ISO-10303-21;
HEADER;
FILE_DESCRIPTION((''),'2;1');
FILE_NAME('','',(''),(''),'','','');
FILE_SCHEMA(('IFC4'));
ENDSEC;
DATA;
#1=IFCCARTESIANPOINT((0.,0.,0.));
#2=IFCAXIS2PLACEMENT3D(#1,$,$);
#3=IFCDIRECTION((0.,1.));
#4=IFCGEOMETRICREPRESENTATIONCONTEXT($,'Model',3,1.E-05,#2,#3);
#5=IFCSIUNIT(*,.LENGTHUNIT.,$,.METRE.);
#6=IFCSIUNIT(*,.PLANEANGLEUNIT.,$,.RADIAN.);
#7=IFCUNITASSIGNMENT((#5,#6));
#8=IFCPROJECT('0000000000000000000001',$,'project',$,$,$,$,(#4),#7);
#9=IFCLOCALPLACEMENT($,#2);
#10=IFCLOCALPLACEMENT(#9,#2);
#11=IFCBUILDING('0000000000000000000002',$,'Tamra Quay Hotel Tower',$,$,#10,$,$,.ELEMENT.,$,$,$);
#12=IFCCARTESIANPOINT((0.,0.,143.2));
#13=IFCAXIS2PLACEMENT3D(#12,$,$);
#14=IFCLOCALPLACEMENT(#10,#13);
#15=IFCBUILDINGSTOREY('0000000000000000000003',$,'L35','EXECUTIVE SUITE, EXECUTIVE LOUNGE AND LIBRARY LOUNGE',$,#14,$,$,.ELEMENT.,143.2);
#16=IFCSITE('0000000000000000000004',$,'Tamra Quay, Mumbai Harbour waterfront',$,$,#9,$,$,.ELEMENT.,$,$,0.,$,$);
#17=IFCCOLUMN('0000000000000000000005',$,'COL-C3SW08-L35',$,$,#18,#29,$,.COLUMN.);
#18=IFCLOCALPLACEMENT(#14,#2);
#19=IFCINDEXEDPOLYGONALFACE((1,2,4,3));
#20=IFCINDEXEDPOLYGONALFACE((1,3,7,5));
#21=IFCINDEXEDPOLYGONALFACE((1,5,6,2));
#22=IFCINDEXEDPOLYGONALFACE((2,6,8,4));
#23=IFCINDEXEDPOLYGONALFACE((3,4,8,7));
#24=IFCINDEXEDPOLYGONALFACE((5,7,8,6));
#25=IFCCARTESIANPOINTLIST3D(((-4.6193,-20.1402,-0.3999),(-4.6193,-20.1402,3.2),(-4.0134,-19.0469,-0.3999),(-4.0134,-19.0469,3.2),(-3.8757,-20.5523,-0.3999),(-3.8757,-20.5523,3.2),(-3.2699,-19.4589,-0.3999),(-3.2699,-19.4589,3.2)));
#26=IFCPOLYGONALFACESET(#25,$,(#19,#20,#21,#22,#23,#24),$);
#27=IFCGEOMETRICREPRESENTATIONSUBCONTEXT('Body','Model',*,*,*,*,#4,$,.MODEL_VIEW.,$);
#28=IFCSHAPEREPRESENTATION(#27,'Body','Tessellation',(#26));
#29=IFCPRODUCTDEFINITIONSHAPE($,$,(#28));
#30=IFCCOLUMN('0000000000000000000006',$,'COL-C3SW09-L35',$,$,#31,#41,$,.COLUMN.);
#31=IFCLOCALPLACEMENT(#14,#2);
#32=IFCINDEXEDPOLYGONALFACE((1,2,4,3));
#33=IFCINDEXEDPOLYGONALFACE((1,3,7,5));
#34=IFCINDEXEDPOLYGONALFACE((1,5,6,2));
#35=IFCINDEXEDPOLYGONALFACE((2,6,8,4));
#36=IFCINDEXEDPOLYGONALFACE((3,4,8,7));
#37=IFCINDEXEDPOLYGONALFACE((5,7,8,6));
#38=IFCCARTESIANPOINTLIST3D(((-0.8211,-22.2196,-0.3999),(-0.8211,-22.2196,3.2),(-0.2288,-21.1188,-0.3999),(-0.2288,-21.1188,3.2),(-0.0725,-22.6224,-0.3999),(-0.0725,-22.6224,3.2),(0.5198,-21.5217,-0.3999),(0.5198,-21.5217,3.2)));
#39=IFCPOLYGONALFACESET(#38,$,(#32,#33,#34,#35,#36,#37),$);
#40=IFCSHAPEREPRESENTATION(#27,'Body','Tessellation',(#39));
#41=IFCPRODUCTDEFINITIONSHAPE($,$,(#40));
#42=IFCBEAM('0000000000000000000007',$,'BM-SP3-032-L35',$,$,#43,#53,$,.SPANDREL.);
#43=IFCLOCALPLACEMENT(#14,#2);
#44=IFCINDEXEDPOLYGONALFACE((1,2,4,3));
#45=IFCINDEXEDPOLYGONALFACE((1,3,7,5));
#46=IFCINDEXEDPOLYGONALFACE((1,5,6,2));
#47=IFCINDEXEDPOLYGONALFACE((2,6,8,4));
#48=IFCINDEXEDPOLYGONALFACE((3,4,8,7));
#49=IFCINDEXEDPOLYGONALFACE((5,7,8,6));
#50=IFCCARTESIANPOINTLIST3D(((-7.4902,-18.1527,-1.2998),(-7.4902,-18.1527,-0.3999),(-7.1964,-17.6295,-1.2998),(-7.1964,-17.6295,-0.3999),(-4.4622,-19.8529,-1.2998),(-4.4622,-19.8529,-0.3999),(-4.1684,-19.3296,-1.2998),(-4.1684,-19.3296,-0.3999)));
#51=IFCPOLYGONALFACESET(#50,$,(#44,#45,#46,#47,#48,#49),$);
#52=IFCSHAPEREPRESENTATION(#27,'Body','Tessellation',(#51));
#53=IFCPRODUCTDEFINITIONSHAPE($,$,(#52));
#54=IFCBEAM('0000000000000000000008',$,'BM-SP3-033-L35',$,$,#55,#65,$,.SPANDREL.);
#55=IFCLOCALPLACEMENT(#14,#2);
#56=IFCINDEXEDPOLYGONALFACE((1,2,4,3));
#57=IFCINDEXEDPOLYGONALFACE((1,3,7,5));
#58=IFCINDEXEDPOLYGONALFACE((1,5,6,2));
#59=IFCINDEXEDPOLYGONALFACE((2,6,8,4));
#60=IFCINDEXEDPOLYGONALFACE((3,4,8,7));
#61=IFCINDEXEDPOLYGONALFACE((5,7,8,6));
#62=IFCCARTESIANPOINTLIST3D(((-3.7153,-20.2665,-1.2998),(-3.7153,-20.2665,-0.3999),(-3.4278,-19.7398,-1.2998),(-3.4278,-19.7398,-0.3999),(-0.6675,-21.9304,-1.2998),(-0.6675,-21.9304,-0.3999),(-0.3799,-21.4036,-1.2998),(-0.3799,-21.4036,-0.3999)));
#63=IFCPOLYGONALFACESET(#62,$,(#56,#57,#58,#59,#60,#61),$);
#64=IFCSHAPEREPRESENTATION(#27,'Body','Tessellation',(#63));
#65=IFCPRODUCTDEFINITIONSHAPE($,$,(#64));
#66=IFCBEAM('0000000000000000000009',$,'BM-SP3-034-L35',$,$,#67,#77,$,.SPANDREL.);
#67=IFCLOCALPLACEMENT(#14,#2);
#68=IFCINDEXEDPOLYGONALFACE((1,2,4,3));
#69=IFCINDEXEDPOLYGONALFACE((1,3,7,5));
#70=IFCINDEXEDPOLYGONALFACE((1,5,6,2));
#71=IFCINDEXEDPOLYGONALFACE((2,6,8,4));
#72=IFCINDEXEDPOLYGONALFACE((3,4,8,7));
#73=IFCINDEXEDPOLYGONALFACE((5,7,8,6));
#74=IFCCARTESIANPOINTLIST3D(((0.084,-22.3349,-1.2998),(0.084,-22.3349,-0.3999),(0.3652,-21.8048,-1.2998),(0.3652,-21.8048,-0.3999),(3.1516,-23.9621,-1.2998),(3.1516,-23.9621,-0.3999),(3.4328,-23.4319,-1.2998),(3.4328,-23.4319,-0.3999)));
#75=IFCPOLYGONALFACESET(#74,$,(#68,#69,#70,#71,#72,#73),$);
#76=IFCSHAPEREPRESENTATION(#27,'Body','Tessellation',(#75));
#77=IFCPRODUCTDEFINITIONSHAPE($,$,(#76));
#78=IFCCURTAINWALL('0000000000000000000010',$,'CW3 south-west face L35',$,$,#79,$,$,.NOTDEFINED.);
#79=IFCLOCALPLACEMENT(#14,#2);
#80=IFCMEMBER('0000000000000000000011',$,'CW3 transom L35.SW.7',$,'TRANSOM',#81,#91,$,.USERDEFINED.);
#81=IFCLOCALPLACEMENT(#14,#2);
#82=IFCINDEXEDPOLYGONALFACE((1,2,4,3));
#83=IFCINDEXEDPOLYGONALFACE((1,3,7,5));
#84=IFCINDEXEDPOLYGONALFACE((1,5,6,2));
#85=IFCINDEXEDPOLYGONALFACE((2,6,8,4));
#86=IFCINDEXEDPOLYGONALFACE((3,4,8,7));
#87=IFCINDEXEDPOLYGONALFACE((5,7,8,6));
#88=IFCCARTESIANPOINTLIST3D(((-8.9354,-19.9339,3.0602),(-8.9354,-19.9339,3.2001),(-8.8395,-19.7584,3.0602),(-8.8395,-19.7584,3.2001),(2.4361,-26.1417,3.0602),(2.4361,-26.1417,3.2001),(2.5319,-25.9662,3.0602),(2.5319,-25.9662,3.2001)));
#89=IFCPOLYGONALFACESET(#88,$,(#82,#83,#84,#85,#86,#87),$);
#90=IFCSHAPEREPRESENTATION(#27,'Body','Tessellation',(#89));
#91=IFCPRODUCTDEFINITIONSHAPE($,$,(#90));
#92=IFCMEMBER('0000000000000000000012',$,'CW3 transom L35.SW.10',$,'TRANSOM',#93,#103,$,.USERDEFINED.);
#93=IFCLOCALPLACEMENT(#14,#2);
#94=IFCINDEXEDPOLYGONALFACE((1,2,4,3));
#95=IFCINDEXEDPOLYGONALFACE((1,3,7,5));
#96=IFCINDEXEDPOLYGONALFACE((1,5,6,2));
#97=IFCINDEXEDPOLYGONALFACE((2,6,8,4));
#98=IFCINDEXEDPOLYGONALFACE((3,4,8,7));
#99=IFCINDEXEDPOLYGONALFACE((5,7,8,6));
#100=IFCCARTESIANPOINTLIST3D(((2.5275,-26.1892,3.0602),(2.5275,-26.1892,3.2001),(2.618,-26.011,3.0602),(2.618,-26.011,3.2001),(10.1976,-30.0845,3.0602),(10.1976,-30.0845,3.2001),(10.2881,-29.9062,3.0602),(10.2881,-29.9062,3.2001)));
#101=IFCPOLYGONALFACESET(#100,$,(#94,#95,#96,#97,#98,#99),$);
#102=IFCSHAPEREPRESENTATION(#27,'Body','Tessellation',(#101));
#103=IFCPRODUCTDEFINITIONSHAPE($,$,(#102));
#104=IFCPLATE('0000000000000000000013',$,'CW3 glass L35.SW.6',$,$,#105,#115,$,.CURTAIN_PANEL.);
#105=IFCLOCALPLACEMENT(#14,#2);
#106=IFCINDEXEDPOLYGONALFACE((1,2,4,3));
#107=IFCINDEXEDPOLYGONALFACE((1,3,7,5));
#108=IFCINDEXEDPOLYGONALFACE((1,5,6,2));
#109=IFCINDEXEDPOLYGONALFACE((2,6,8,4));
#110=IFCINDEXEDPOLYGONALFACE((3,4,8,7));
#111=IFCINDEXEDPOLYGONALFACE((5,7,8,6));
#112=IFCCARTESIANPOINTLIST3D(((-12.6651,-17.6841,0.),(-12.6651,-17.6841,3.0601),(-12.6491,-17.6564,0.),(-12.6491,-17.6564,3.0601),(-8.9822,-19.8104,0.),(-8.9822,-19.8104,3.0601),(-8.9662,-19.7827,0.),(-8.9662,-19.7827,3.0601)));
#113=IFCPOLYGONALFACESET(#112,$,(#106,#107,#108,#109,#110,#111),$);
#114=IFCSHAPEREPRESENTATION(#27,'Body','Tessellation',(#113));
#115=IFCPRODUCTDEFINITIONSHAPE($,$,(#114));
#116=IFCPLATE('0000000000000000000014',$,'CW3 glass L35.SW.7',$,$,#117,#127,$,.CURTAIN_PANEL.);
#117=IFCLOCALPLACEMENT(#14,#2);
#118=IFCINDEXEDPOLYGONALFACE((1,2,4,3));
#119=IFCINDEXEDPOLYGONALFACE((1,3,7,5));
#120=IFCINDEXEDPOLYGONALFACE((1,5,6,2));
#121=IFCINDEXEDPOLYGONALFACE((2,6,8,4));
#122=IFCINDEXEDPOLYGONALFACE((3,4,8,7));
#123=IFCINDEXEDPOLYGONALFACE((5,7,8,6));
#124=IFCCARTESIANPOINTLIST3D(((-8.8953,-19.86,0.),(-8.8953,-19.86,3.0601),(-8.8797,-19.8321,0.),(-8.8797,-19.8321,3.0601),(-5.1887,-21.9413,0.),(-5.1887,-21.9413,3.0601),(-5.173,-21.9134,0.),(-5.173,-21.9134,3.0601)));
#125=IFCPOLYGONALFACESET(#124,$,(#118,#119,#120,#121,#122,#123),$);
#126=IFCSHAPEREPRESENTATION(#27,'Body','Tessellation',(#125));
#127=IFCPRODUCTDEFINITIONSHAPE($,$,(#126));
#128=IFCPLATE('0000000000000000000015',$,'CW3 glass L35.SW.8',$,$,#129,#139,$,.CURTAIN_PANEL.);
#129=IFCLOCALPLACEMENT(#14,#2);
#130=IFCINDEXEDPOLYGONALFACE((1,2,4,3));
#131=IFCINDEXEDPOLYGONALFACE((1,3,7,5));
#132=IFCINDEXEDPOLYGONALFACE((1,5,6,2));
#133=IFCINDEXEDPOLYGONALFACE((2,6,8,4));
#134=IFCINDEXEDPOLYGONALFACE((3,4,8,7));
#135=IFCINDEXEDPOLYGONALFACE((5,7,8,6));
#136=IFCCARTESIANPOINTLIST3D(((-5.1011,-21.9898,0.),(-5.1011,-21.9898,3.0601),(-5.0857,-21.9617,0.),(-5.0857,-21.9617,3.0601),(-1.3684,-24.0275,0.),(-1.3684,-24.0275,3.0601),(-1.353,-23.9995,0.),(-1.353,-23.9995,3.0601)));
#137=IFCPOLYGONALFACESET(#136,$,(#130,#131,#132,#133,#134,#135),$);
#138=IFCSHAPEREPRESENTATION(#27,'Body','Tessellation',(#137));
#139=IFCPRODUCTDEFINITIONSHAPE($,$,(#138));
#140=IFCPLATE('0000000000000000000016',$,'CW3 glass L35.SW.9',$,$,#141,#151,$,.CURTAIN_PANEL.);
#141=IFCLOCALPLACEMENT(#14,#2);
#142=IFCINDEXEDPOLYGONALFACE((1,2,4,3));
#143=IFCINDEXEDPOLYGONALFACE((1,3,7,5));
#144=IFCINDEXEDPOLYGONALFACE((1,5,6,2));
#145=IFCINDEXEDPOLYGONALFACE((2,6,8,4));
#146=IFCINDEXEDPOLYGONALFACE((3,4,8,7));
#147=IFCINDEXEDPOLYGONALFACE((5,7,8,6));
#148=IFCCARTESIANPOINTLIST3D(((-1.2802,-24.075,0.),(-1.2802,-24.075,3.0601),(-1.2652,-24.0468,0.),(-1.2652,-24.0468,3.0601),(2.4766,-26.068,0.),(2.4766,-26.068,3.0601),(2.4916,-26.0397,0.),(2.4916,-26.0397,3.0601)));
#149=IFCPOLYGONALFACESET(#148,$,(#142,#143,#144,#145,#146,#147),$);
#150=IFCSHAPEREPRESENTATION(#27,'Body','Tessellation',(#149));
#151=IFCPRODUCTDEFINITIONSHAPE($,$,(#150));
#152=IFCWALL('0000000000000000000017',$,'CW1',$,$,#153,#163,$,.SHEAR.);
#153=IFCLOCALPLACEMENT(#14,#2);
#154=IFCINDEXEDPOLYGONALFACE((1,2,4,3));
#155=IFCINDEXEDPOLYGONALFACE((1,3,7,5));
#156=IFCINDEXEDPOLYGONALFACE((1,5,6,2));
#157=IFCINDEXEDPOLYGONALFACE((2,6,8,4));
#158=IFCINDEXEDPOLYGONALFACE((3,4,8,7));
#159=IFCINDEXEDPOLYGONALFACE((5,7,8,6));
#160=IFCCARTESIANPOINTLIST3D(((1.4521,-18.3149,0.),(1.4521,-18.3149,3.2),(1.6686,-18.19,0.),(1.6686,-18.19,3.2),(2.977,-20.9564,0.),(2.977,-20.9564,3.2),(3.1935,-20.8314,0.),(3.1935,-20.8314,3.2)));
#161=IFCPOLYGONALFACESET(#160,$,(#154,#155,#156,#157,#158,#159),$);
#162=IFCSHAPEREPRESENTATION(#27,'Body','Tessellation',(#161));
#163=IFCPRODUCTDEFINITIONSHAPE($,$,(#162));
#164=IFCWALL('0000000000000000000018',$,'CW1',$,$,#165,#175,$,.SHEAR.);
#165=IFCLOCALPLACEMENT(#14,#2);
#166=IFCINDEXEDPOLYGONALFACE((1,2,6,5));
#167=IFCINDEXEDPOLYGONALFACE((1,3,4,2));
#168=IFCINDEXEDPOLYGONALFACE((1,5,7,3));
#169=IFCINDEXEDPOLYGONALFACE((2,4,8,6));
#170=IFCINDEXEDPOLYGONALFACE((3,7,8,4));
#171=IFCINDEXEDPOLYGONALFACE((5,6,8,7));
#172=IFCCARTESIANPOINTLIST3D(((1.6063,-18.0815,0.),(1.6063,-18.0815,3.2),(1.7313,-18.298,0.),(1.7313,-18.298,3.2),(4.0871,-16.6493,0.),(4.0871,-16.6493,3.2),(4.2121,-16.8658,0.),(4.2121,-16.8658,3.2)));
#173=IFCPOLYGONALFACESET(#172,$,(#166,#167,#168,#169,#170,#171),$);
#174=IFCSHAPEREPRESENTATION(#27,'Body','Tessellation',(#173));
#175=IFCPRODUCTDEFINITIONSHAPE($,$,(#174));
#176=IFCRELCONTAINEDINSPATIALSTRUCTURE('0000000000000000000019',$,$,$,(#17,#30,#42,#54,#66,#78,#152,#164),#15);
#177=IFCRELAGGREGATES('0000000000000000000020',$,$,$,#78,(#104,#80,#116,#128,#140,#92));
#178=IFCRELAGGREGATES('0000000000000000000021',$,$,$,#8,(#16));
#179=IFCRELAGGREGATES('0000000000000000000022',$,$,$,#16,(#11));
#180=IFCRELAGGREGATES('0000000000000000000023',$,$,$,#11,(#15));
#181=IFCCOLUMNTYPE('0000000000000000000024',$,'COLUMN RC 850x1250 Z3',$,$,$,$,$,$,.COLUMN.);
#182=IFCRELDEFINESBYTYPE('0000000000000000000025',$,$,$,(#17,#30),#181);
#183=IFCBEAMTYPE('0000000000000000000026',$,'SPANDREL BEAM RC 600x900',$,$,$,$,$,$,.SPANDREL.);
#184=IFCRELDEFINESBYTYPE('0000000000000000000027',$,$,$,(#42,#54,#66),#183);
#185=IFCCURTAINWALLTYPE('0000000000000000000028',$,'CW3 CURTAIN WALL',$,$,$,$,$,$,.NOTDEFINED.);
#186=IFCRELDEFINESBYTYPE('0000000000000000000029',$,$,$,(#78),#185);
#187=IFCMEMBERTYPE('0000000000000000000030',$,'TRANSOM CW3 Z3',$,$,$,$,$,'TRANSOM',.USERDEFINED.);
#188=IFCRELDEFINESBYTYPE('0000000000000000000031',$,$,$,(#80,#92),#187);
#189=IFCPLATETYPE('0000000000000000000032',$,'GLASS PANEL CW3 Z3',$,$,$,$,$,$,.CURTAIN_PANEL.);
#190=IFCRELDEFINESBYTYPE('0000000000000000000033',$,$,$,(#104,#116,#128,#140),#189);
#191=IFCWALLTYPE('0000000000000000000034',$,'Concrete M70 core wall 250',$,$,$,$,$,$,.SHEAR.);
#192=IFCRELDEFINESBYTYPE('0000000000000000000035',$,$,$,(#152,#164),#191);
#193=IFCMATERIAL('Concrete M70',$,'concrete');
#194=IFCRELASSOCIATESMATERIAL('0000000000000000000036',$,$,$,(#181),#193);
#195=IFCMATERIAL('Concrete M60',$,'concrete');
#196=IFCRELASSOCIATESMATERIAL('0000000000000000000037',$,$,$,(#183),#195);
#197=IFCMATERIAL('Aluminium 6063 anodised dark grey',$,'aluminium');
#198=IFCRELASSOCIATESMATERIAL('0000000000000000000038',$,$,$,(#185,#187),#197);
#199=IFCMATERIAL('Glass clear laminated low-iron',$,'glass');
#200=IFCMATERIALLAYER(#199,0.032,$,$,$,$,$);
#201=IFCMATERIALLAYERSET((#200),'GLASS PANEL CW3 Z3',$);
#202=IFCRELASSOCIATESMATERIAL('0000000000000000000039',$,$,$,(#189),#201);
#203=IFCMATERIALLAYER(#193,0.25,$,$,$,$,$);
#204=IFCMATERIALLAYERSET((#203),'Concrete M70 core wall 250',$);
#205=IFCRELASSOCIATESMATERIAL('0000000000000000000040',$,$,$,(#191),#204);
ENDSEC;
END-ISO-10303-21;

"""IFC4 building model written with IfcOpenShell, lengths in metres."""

from ifc_helpers import new_model, si_unit, direction, frame, frame_2d, origin, origin_2d, place, context, subcontext, project, spatial, rectangle, extrude, material, layer, layer_set, material_profile, profile_set, type_object, element, aggregate, save


model = new_model("IFC4")

# Units and contexts
model_context = context("Model", 3, precision=1e-05, world=origin(), true_north=direction((0.0, 1.0)))
body_context = subcontext(model_context, "Body", "Model", "MODEL_VIEW")
ifc_project = project(units=[si_unit("LENGTHUNIT", "METRE"), si_unit("PLANEANGLEUNIT", "RADIAN")], contexts=[model_context])

# Site, building, storey
site_placement = place(None, origin())
site = spatial("IfcSite", under=ifc_project, at=site_placement, Name="Tamra Quay, Mumbai Harbour waterfront", CompositionType="ELEMENT", RefElevation=0.0)
building_placement = place(site_placement, origin())
building = spatial("IfcBuilding", under=site, at=building_placement, Name="Tamra Quay Hotel Tower", CompositionType="ELEMENT")
storey_placement = place(building_placement, frame((0.0, 0.0, 143.2)))
storey = spatial("IfcBuildingStorey", under=building, at=storey_placement, Name="L35", Description="EXECUTIVE SUITE, EXECUTIVE LOUNGE AND LIBRARY LOUNGE", CompositionType="ELEMENT", Elevation=143.2)

# Columns
ifc_material_1 = material(Name="Concrete M70", Category="concrete")
ifc_material_profile_1 = material_profile(ifc_material_1, rectangle(XDim=1.25, YDim=0.8501, at=origin_2d()), Name="COLUMN RC 850x1250 Z3")
ifc_profile_set_1 = profile_set([ifc_material_profile_1], Name="Concrete M70")
column_type = type_object("IfcColumnType", Name="COLUMN RC 850x1250 Z3", PredefinedType="COLUMN", material=ifc_profile_set_1)
for number, where, z_axis, x_axis, name in (
    (1, (-3.9446, -19.7996, -0.3999), (0.0, 0.0, 1.0), (0.484683, 0.87469, 0.0), "COL-C3SW08-L35"),
    (2, (-0.1506, -21.8706, -0.3999), (0.0, 0.0, 1.0), (0.473876, 0.880592, 0.0), "COL-C3SW09-L35"),
):
    element("IfcColumn", number, at=place(storey_placement, frame(where, z_axis=z_axis, x_axis=x_axis)), inside=storey, type_object=column_type, Name=name, PredefinedType="COLUMN", context=body_context, shape_type="SweptSolid", body=[
        extrude(rectangle(XDim=1.25, YDim=0.8501, at=origin_2d()), origin(), (0.0, 0.0, 1.0), 3.5999),
    ])

# Beams
ifc_material_2 = material(Name="Concrete M60", Category="concrete")
ifc_material_profile_2 = material_profile(ifc_material_2, rectangle(XDim=0.6001, YDim=0.8999, at=origin_2d()), Name="SPANDREL BEAM RC 600x900")
ifc_profile_set_2 = profile_set([ifc_material_profile_2], Name="Concrete M60")
beam_type = type_object("IfcBeamType", Name="SPANDREL BEAM RC 600x900", PredefinedType="SPANDREL", material=ifc_profile_set_2)
beam_placement = place(storey_placement, frame((-7.3433, -17.8911, -0.8499), z_axis=(0.871956, -0.489584, 0.0), x_axis=(0.489584, 0.871956, 0.0)))
element("IfcBeam", 3, at=beam_placement, inside=storey, type_object=beam_type, Name="BM-SP3-032-L35", PredefinedType="SPANDREL", context=body_context, shape_type="SweptSolid", body=[
    extrude(rectangle(XDim=0.6001, YDim=0.8999, at=origin_2d()), origin(), (0.0, 0.0, 1.0), 3.4727),
])
for number, where, z_axis, x_axis, name in (
    (4, (-3.5715, -20.0032, -0.8499), (0.877732, -0.479153, 0.0), (0.479153, 0.877732, 0.0), "BM-SP3-033-L35"),
    (5, (0.2246, -22.0698, -0.8499), (0.883411, -0.468598, 0.0), (0.468598, 0.883411, 0.0), "BM-SP3-034-L35"),
):
    element("IfcBeam", number, at=place(storey_placement, frame(where, z_axis=z_axis, x_axis=x_axis)), inside=storey, type_object=beam_type, Name=name, PredefinedType="SPANDREL", context=body_context, shape_type="SweptSolid", body=[
        extrude(rectangle(XDim=0.6001, YDim=0.8999, at=origin_2d()), origin(), (0.0, 0.0, 1.0), 3.4724),
    ])

# Curtain wall, members, plates
ifc_material_3 = material(Name="Aluminium 6063 anodised dark grey", Category="aluminium")
curtain_wall_type = type_object("IfcCurtainWallType", Name="CW3 CURTAIN WALL", PredefinedType="NOTDEFINED", material=ifc_material_3)
curtain_wall_placement = place(storey_placement, origin())
curtain_wall = element("IfcCurtainWall", 6, at=curtain_wall_placement, inside=storey, type_object=curtain_wall_type, Name="CW3 south-west face L35", PredefinedType="NOTDEFINED")
ifc_material_profile_3 = material_profile(ifc_material_3, rectangle(XDim=0.2, YDim=0.1399, at=origin_2d()), Name="TRANSOM 200X140")
ifc_profile_set_3 = profile_set([ifc_material_profile_3], Name="Aluminium 6063 anodised dark grey")
member_type = type_object("IfcMemberType", Name="TRANSOM CW3 Z3", ElementType="TRANSOM", PredefinedType="USERDEFINED", material=ifc_profile_set_3)
member_1_placement = place(storey_placement, frame((-8.8875, -19.8462, 3.1301), z_axis=(0.877731, -0.479154, 0.0), x_axis=(0.479154, 0.877731, 0.0)))
member_1 = element("IfcMember", 7, at=member_1_placement, type_object=member_type, Name="CW3 transom L35.SW.7", ObjectType="TRANSOM", PredefinedType="USERDEFINED", context=body_context, shape_type="SweptSolid", body=[
    extrude(rectangle(XDim=0.2, YDim=0.1399, at=origin_2d()), origin(), (0.0, 0.0, 1.0), 12.9556),
])
member_2_placement = place(storey_placement, frame((2.5728, -26.1001, 3.1301), z_axis=(0.891611, -0.452801, 0.0), x_axis=(0.452801, 0.891611, 0.0)))
member_2 = element("IfcMember", 8, at=member_2_placement, type_object=member_type, Name="CW3 transom L35.SW.10", ObjectType="TRANSOM", PredefinedType="USERDEFINED", context=body_context, shape_type="SweptSolid", body=[
    extrude(rectangle(XDim=0.2, YDim=0.1399, at=origin_2d()), origin(), (0.0, 0.0, 1.0), 8.6025),
])
ifc_material_4 = material(Name="Glass clear laminated low-iron", Category="glass")
ifc_layer_1 = layer(ifc_material_4, 0.032)
ifc_layer_set_1 = layer_set([ifc_layer_1], Name="GLASS PANEL CW3 Z3")
plate_type = type_object("IfcPlateType", Name="GLASS PANEL CW3 Z3", PredefinedType="CURTAIN_PANEL", material=ifc_layer_set_1)
plate_1_placement = place(storey_placement, frame((-10.8157, -18.7334, 0.0), z_axis=(0.0, 0.0, 1.0), x_axis=(0.866025, -0.5, 0.0)))
plate_1 = element("IfcPlate", 9, at=plate_1_placement, type_object=plate_type, Name="CW3 glass L35.SW.6", PredefinedType="CURTAIN_PANEL", context=body_context, shape_type="SweptSolid", body=[
    extrude(rectangle(XDim=4.2527, YDim=0.032, at=origin_2d()), origin(), (0.0, 0.0, 1.0), 3.0601),
])
plate_2_placement = place(storey_placement, frame((-7.0342, -20.8867, 0.0), z_axis=(0.0, 0.0, 1.0), x_axis=(0.871942, -0.489609, 0.0)))
plate_2 = element("IfcPlate", 10, at=plate_2_placement, type_object=plate_type, Name="CW3 glass L35.SW.7", PredefinedType="CURTAIN_PANEL", context=body_context, shape_type="SweptSolid", body=[
    extrude(rectangle(XDim=4.251, YDim=0.032, at=origin_2d()), origin(), (0.0, 0.0, 1.0), 3.0601),
])
plate_3_placement = place(storey_placement, frame((-3.2271, -22.9946, 0.0), z_axis=(0.0, 0.0, 1.0), x_axis=(0.877726, -0.479163, 0.0)))
plate_3 = element("IfcPlate", 11, at=plate_3_placement, type_object=plate_type, Name="CW3 glass L35.SW.8", PredefinedType="CURTAIN_PANEL", context=body_context, shape_type="SweptSolid", body=[
    extrude(rectangle(XDim=4.2527, YDim=0.032, at=origin_2d()), origin(), (0.0, 0.0, 1.0), 3.0601),
])
plate_4_placement = place(storey_placement, frame((0.6057, -25.0574, 0.0), z_axis=(0.0, 0.0, 1.0), x_axis=(0.883392, -0.468636, 0.0)))
plate_4 = element("IfcPlate", 12, at=plate_4_placement, type_object=plate_type, Name="CW3 glass L35.SW.9", PredefinedType="CURTAIN_PANEL", context=body_context, shape_type="SweptSolid", body=[
    extrude(rectangle(XDim=4.2527, YDim=0.032, at=origin_2d()), origin(), (0.0, 0.0, 1.0), 3.0601),
])
aggregate(curtain_wall, [plate_1, member_1, plate_2, plate_3, plate_4, member_2])

# Walls
ifc_layer_2 = layer(ifc_material_1, 0.25)
ifc_layer_set_2 = layer_set([ifc_layer_2], Name="Concrete M70 core wall 250")
wall_type_1 = type_object("IfcWallType", Name="Concrete M70 core wall 250", PredefinedType="SHEAR", material=ifc_layer_set_2)
wall_1_placement = place(storey_placement, frame((3.0852, -20.8938, 0.0), z_axis=(0.0, 0.0, 1.0), x_axis=(-0.499979, 0.866038, 0.0)))
element("IfcWall", 13, at=wall_1_placement, inside=storey, type_object=wall_type_1, Name="CW1", PredefinedType="SHEAR", context=body_context, shape_type="SweptSolid", body=[
    extrude(rectangle(XDim=3.05, YDim=0.25, at=frame_2d((1.5249, 0.0))), origin(), (0.0, 0.0, 1.0), 3.2),
])
wall_2_placement = place(storey_placement, frame((1.6689, -18.1897, 0.0), z_axis=(0.0, 0.0, 1.0), x_axis=(0.866042, 0.499971, 0.0)))
element("IfcWall", 14, at=wall_2_placement, inside=storey, type_object=wall_type_1, Name="CW1", PredefinedType="SHEAR", context=body_context, shape_type="SweptSolid", body=[
    extrude(rectangle(XDim=2.8645, YDim=0.25, at=frame_2d((1.4321, 0.0))), origin(), (0.0, 0.0, 1.0), 3.2),
])

save(model, "model.ifc")
